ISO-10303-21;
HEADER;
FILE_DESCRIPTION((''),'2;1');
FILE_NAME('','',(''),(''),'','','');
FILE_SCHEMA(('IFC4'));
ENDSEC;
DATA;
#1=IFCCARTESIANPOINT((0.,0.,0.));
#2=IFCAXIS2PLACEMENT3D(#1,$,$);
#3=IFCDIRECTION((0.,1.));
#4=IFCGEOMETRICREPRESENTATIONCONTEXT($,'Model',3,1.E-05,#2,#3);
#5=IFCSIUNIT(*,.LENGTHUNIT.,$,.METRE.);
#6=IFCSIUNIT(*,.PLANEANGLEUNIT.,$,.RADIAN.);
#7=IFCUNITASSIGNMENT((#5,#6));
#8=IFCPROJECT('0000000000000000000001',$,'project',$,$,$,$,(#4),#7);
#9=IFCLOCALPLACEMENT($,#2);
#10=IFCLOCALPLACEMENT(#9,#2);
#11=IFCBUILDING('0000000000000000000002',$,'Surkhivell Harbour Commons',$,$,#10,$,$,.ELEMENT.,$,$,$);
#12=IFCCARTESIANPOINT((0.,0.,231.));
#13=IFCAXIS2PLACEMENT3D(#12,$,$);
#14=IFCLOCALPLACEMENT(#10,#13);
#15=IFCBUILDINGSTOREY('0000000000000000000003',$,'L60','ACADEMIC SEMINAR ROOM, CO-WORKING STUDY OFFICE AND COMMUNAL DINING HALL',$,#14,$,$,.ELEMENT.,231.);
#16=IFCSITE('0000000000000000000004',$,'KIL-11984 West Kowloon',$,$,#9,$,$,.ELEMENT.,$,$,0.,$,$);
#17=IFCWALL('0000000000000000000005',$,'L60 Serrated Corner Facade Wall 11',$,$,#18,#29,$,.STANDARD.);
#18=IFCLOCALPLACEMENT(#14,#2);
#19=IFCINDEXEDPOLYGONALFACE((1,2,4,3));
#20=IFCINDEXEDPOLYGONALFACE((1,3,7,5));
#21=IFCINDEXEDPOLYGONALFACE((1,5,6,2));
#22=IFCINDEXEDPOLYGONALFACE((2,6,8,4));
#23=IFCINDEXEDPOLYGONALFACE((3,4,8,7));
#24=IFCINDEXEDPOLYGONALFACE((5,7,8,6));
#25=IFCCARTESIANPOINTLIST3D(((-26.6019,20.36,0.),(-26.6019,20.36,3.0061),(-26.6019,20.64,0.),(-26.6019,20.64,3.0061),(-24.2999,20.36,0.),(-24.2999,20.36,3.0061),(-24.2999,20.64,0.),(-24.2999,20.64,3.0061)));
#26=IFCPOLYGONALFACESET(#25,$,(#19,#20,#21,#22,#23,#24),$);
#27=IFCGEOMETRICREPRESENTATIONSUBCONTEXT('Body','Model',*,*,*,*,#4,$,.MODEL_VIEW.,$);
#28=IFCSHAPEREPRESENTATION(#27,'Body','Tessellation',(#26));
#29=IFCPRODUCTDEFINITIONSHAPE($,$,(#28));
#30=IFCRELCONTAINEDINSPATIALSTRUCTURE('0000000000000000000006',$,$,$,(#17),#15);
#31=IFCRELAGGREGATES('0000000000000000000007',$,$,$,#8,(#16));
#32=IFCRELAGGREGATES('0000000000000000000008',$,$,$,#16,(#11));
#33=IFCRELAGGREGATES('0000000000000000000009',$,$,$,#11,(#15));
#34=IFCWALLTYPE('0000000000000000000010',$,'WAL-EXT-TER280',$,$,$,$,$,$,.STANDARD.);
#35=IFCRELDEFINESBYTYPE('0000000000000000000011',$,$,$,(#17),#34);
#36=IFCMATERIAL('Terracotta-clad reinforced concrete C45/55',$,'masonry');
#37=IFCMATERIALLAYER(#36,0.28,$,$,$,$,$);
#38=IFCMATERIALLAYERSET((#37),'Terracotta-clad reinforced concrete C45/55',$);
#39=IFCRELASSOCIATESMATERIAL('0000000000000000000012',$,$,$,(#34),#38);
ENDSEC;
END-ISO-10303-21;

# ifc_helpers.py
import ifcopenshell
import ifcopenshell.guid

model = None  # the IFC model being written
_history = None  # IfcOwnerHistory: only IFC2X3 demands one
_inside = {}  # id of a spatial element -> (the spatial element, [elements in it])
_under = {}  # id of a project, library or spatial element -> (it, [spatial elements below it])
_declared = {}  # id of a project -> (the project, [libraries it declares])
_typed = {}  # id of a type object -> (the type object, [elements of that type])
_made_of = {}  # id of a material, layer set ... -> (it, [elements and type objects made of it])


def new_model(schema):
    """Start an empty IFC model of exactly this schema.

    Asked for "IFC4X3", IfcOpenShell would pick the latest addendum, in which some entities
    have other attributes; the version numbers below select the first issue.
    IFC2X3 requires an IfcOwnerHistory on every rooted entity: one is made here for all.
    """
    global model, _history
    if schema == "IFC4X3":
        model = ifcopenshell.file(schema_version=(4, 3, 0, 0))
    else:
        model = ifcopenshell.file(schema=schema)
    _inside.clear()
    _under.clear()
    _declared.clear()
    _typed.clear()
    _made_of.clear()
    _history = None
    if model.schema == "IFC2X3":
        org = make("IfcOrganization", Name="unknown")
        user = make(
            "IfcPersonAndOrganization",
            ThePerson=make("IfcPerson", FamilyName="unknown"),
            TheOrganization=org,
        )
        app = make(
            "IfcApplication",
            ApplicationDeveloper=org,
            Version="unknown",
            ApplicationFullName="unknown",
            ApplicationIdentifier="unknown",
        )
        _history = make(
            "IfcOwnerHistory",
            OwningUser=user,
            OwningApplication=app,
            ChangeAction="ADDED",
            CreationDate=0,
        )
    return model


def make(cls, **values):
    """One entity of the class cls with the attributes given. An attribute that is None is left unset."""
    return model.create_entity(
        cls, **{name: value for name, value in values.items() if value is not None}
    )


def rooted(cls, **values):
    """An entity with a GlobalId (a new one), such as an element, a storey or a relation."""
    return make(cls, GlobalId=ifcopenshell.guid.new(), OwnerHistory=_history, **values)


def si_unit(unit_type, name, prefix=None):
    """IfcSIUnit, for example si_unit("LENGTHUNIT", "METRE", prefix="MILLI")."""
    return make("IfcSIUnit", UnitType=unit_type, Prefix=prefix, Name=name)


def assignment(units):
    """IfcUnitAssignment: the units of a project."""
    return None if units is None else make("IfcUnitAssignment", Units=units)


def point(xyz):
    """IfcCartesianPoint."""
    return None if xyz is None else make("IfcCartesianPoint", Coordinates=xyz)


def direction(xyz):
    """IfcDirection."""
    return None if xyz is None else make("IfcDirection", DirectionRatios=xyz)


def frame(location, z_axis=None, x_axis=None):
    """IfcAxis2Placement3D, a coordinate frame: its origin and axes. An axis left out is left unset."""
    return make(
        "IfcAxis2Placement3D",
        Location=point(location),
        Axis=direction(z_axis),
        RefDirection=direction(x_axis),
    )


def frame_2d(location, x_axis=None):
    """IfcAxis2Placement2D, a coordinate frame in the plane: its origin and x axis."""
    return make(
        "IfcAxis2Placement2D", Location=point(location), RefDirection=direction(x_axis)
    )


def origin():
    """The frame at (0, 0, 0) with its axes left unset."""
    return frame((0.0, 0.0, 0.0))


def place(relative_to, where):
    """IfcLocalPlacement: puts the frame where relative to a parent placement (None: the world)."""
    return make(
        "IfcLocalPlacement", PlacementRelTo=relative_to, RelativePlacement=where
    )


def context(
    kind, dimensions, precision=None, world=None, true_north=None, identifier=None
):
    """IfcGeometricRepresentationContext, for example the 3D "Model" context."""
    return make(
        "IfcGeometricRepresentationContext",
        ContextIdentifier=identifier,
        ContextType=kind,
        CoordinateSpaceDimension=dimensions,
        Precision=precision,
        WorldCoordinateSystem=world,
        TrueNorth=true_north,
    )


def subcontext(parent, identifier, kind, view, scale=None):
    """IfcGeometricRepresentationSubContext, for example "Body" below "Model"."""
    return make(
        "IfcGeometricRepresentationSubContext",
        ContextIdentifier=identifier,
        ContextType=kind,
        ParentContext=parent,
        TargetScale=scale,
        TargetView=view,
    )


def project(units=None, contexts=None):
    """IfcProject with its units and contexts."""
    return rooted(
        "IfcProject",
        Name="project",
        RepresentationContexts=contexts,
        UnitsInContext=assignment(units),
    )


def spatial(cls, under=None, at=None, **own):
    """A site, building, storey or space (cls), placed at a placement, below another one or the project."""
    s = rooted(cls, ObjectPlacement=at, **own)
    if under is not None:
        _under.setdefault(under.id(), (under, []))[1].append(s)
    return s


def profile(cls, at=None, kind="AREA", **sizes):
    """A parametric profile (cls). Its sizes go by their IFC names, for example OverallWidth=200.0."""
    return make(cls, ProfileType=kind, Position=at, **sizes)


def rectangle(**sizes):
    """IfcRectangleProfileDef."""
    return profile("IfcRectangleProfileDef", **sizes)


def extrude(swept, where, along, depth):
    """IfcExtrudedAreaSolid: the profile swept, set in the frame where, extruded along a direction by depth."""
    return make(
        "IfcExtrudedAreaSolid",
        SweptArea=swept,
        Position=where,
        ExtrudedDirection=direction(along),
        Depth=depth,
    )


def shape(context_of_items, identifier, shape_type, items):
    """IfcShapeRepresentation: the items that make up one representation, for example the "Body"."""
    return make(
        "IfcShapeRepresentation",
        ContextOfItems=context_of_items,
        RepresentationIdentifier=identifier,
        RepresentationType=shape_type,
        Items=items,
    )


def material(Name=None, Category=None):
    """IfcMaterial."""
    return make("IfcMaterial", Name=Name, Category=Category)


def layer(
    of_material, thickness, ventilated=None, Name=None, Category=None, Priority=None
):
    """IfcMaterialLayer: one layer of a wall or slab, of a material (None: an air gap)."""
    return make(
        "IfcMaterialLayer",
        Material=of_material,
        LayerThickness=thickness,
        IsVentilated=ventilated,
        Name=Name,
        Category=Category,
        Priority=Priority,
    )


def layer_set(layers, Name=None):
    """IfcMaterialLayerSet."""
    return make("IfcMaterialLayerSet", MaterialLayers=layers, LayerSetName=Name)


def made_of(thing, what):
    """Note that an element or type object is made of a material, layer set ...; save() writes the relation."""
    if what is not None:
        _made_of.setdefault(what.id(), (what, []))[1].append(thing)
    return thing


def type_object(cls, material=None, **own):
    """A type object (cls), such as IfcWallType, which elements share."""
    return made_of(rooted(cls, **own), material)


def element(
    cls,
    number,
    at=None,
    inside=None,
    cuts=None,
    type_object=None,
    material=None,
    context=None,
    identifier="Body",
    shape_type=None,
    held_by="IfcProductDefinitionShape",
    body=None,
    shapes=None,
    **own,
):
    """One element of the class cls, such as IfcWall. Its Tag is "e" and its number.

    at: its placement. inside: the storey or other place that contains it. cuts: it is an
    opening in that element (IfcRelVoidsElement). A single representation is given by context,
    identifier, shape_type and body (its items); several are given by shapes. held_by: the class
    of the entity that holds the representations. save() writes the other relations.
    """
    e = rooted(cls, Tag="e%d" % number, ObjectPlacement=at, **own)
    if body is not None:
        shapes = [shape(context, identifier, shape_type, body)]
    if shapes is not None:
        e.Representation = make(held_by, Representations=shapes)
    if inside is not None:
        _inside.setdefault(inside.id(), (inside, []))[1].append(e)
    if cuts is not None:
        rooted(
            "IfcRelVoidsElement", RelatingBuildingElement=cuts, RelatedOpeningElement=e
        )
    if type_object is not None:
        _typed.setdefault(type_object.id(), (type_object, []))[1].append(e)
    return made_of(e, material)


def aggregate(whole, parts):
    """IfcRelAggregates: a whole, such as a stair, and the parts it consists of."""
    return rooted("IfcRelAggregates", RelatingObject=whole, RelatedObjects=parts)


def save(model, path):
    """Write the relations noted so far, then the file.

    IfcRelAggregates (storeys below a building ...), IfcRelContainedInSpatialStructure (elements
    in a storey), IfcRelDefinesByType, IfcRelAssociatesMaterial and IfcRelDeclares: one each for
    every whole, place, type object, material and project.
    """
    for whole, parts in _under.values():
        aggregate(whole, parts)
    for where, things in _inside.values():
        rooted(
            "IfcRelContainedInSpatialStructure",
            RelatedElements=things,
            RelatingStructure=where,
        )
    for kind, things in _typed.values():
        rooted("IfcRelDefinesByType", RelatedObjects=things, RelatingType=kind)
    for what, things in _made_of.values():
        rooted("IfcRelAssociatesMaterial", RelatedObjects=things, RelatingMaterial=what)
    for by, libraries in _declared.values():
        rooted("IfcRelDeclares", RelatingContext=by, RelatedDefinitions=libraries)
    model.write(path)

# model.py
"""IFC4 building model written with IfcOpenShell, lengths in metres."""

from ifc_helpers import new_model, si_unit, direction, frame, frame_2d, origin, place, context, subcontext, project, spatial, rectangle, extrude, material, layer, layer_set, type_object, element, save


model = new_model("IFC4")

# Units and contexts
model_context = context("Model", 3, precision=1e-05, world=origin(), true_north=direction((0.0, 1.0)))
body_context = subcontext(model_context, "Body", "Model", "MODEL_VIEW")
ifc_project = project(units=[si_unit("LENGTHUNIT", "METRE"), si_unit("PLANEANGLEUNIT", "RADIAN")], contexts=[model_context])

# Site, building, storey
site_placement = place(None, origin())
site = spatial("IfcSite", under=ifc_project, at=site_placement, Name="KIL-11984 West Kowloon", CompositionType="ELEMENT", RefElevation=0.0)
building_placement = place(site_placement, origin())
building = spatial("IfcBuilding", under=site, at=building_placement, Name="Surkhivell Harbour Commons", CompositionType="ELEMENT")
storey_placement = place(building_placement, frame((0.0, 0.0, 231.0)))
storey = spatial("IfcBuildingStorey", under=building, at=storey_placement, Name="L60", Description="ACADEMIC SEMINAR ROOM, CO-WORKING STUDY OFFICE AND COMMUNAL DINING HALL", CompositionType="ELEMENT", Elevation=231.0)

# Shared definitions
ifc_material_1 = material(Name="Terracotta-clad reinforced concrete C45/55", Category="masonry")
ifc_layer_1 = layer(ifc_material_1, 0.28)
ifc_layer_set_1 = layer_set([ifc_layer_1], Name="Terracotta-clad reinforced concrete C45/55")
wall_type = type_object("IfcWallType", Name="WAL-EXT-TER280", PredefinedType="STANDARD", material=ifc_layer_set_1)

# Wall
wall_1_placement = place(storey_placement, frame((-24.3, 20.5, 0.0), z_axis=(0.0, 0.0, 1.0), x_axis=(-1.0, 0.0, 0.0)))
element("IfcWall", 1, at=wall_1_placement, inside=storey, type_object=wall_type, Name="L60 Serrated Corner Facade Wall 11", PredefinedType="STANDARD", context=body_context, shape_type="SweptSolid", body=[
    extrude(rectangle(XDim=2.302, YDim=0.28, at=frame_2d((1.1509, 0.0))), origin(), (0.0, 0.0, 1.0), 3.0061),
])

save(model, "model.ifc")
